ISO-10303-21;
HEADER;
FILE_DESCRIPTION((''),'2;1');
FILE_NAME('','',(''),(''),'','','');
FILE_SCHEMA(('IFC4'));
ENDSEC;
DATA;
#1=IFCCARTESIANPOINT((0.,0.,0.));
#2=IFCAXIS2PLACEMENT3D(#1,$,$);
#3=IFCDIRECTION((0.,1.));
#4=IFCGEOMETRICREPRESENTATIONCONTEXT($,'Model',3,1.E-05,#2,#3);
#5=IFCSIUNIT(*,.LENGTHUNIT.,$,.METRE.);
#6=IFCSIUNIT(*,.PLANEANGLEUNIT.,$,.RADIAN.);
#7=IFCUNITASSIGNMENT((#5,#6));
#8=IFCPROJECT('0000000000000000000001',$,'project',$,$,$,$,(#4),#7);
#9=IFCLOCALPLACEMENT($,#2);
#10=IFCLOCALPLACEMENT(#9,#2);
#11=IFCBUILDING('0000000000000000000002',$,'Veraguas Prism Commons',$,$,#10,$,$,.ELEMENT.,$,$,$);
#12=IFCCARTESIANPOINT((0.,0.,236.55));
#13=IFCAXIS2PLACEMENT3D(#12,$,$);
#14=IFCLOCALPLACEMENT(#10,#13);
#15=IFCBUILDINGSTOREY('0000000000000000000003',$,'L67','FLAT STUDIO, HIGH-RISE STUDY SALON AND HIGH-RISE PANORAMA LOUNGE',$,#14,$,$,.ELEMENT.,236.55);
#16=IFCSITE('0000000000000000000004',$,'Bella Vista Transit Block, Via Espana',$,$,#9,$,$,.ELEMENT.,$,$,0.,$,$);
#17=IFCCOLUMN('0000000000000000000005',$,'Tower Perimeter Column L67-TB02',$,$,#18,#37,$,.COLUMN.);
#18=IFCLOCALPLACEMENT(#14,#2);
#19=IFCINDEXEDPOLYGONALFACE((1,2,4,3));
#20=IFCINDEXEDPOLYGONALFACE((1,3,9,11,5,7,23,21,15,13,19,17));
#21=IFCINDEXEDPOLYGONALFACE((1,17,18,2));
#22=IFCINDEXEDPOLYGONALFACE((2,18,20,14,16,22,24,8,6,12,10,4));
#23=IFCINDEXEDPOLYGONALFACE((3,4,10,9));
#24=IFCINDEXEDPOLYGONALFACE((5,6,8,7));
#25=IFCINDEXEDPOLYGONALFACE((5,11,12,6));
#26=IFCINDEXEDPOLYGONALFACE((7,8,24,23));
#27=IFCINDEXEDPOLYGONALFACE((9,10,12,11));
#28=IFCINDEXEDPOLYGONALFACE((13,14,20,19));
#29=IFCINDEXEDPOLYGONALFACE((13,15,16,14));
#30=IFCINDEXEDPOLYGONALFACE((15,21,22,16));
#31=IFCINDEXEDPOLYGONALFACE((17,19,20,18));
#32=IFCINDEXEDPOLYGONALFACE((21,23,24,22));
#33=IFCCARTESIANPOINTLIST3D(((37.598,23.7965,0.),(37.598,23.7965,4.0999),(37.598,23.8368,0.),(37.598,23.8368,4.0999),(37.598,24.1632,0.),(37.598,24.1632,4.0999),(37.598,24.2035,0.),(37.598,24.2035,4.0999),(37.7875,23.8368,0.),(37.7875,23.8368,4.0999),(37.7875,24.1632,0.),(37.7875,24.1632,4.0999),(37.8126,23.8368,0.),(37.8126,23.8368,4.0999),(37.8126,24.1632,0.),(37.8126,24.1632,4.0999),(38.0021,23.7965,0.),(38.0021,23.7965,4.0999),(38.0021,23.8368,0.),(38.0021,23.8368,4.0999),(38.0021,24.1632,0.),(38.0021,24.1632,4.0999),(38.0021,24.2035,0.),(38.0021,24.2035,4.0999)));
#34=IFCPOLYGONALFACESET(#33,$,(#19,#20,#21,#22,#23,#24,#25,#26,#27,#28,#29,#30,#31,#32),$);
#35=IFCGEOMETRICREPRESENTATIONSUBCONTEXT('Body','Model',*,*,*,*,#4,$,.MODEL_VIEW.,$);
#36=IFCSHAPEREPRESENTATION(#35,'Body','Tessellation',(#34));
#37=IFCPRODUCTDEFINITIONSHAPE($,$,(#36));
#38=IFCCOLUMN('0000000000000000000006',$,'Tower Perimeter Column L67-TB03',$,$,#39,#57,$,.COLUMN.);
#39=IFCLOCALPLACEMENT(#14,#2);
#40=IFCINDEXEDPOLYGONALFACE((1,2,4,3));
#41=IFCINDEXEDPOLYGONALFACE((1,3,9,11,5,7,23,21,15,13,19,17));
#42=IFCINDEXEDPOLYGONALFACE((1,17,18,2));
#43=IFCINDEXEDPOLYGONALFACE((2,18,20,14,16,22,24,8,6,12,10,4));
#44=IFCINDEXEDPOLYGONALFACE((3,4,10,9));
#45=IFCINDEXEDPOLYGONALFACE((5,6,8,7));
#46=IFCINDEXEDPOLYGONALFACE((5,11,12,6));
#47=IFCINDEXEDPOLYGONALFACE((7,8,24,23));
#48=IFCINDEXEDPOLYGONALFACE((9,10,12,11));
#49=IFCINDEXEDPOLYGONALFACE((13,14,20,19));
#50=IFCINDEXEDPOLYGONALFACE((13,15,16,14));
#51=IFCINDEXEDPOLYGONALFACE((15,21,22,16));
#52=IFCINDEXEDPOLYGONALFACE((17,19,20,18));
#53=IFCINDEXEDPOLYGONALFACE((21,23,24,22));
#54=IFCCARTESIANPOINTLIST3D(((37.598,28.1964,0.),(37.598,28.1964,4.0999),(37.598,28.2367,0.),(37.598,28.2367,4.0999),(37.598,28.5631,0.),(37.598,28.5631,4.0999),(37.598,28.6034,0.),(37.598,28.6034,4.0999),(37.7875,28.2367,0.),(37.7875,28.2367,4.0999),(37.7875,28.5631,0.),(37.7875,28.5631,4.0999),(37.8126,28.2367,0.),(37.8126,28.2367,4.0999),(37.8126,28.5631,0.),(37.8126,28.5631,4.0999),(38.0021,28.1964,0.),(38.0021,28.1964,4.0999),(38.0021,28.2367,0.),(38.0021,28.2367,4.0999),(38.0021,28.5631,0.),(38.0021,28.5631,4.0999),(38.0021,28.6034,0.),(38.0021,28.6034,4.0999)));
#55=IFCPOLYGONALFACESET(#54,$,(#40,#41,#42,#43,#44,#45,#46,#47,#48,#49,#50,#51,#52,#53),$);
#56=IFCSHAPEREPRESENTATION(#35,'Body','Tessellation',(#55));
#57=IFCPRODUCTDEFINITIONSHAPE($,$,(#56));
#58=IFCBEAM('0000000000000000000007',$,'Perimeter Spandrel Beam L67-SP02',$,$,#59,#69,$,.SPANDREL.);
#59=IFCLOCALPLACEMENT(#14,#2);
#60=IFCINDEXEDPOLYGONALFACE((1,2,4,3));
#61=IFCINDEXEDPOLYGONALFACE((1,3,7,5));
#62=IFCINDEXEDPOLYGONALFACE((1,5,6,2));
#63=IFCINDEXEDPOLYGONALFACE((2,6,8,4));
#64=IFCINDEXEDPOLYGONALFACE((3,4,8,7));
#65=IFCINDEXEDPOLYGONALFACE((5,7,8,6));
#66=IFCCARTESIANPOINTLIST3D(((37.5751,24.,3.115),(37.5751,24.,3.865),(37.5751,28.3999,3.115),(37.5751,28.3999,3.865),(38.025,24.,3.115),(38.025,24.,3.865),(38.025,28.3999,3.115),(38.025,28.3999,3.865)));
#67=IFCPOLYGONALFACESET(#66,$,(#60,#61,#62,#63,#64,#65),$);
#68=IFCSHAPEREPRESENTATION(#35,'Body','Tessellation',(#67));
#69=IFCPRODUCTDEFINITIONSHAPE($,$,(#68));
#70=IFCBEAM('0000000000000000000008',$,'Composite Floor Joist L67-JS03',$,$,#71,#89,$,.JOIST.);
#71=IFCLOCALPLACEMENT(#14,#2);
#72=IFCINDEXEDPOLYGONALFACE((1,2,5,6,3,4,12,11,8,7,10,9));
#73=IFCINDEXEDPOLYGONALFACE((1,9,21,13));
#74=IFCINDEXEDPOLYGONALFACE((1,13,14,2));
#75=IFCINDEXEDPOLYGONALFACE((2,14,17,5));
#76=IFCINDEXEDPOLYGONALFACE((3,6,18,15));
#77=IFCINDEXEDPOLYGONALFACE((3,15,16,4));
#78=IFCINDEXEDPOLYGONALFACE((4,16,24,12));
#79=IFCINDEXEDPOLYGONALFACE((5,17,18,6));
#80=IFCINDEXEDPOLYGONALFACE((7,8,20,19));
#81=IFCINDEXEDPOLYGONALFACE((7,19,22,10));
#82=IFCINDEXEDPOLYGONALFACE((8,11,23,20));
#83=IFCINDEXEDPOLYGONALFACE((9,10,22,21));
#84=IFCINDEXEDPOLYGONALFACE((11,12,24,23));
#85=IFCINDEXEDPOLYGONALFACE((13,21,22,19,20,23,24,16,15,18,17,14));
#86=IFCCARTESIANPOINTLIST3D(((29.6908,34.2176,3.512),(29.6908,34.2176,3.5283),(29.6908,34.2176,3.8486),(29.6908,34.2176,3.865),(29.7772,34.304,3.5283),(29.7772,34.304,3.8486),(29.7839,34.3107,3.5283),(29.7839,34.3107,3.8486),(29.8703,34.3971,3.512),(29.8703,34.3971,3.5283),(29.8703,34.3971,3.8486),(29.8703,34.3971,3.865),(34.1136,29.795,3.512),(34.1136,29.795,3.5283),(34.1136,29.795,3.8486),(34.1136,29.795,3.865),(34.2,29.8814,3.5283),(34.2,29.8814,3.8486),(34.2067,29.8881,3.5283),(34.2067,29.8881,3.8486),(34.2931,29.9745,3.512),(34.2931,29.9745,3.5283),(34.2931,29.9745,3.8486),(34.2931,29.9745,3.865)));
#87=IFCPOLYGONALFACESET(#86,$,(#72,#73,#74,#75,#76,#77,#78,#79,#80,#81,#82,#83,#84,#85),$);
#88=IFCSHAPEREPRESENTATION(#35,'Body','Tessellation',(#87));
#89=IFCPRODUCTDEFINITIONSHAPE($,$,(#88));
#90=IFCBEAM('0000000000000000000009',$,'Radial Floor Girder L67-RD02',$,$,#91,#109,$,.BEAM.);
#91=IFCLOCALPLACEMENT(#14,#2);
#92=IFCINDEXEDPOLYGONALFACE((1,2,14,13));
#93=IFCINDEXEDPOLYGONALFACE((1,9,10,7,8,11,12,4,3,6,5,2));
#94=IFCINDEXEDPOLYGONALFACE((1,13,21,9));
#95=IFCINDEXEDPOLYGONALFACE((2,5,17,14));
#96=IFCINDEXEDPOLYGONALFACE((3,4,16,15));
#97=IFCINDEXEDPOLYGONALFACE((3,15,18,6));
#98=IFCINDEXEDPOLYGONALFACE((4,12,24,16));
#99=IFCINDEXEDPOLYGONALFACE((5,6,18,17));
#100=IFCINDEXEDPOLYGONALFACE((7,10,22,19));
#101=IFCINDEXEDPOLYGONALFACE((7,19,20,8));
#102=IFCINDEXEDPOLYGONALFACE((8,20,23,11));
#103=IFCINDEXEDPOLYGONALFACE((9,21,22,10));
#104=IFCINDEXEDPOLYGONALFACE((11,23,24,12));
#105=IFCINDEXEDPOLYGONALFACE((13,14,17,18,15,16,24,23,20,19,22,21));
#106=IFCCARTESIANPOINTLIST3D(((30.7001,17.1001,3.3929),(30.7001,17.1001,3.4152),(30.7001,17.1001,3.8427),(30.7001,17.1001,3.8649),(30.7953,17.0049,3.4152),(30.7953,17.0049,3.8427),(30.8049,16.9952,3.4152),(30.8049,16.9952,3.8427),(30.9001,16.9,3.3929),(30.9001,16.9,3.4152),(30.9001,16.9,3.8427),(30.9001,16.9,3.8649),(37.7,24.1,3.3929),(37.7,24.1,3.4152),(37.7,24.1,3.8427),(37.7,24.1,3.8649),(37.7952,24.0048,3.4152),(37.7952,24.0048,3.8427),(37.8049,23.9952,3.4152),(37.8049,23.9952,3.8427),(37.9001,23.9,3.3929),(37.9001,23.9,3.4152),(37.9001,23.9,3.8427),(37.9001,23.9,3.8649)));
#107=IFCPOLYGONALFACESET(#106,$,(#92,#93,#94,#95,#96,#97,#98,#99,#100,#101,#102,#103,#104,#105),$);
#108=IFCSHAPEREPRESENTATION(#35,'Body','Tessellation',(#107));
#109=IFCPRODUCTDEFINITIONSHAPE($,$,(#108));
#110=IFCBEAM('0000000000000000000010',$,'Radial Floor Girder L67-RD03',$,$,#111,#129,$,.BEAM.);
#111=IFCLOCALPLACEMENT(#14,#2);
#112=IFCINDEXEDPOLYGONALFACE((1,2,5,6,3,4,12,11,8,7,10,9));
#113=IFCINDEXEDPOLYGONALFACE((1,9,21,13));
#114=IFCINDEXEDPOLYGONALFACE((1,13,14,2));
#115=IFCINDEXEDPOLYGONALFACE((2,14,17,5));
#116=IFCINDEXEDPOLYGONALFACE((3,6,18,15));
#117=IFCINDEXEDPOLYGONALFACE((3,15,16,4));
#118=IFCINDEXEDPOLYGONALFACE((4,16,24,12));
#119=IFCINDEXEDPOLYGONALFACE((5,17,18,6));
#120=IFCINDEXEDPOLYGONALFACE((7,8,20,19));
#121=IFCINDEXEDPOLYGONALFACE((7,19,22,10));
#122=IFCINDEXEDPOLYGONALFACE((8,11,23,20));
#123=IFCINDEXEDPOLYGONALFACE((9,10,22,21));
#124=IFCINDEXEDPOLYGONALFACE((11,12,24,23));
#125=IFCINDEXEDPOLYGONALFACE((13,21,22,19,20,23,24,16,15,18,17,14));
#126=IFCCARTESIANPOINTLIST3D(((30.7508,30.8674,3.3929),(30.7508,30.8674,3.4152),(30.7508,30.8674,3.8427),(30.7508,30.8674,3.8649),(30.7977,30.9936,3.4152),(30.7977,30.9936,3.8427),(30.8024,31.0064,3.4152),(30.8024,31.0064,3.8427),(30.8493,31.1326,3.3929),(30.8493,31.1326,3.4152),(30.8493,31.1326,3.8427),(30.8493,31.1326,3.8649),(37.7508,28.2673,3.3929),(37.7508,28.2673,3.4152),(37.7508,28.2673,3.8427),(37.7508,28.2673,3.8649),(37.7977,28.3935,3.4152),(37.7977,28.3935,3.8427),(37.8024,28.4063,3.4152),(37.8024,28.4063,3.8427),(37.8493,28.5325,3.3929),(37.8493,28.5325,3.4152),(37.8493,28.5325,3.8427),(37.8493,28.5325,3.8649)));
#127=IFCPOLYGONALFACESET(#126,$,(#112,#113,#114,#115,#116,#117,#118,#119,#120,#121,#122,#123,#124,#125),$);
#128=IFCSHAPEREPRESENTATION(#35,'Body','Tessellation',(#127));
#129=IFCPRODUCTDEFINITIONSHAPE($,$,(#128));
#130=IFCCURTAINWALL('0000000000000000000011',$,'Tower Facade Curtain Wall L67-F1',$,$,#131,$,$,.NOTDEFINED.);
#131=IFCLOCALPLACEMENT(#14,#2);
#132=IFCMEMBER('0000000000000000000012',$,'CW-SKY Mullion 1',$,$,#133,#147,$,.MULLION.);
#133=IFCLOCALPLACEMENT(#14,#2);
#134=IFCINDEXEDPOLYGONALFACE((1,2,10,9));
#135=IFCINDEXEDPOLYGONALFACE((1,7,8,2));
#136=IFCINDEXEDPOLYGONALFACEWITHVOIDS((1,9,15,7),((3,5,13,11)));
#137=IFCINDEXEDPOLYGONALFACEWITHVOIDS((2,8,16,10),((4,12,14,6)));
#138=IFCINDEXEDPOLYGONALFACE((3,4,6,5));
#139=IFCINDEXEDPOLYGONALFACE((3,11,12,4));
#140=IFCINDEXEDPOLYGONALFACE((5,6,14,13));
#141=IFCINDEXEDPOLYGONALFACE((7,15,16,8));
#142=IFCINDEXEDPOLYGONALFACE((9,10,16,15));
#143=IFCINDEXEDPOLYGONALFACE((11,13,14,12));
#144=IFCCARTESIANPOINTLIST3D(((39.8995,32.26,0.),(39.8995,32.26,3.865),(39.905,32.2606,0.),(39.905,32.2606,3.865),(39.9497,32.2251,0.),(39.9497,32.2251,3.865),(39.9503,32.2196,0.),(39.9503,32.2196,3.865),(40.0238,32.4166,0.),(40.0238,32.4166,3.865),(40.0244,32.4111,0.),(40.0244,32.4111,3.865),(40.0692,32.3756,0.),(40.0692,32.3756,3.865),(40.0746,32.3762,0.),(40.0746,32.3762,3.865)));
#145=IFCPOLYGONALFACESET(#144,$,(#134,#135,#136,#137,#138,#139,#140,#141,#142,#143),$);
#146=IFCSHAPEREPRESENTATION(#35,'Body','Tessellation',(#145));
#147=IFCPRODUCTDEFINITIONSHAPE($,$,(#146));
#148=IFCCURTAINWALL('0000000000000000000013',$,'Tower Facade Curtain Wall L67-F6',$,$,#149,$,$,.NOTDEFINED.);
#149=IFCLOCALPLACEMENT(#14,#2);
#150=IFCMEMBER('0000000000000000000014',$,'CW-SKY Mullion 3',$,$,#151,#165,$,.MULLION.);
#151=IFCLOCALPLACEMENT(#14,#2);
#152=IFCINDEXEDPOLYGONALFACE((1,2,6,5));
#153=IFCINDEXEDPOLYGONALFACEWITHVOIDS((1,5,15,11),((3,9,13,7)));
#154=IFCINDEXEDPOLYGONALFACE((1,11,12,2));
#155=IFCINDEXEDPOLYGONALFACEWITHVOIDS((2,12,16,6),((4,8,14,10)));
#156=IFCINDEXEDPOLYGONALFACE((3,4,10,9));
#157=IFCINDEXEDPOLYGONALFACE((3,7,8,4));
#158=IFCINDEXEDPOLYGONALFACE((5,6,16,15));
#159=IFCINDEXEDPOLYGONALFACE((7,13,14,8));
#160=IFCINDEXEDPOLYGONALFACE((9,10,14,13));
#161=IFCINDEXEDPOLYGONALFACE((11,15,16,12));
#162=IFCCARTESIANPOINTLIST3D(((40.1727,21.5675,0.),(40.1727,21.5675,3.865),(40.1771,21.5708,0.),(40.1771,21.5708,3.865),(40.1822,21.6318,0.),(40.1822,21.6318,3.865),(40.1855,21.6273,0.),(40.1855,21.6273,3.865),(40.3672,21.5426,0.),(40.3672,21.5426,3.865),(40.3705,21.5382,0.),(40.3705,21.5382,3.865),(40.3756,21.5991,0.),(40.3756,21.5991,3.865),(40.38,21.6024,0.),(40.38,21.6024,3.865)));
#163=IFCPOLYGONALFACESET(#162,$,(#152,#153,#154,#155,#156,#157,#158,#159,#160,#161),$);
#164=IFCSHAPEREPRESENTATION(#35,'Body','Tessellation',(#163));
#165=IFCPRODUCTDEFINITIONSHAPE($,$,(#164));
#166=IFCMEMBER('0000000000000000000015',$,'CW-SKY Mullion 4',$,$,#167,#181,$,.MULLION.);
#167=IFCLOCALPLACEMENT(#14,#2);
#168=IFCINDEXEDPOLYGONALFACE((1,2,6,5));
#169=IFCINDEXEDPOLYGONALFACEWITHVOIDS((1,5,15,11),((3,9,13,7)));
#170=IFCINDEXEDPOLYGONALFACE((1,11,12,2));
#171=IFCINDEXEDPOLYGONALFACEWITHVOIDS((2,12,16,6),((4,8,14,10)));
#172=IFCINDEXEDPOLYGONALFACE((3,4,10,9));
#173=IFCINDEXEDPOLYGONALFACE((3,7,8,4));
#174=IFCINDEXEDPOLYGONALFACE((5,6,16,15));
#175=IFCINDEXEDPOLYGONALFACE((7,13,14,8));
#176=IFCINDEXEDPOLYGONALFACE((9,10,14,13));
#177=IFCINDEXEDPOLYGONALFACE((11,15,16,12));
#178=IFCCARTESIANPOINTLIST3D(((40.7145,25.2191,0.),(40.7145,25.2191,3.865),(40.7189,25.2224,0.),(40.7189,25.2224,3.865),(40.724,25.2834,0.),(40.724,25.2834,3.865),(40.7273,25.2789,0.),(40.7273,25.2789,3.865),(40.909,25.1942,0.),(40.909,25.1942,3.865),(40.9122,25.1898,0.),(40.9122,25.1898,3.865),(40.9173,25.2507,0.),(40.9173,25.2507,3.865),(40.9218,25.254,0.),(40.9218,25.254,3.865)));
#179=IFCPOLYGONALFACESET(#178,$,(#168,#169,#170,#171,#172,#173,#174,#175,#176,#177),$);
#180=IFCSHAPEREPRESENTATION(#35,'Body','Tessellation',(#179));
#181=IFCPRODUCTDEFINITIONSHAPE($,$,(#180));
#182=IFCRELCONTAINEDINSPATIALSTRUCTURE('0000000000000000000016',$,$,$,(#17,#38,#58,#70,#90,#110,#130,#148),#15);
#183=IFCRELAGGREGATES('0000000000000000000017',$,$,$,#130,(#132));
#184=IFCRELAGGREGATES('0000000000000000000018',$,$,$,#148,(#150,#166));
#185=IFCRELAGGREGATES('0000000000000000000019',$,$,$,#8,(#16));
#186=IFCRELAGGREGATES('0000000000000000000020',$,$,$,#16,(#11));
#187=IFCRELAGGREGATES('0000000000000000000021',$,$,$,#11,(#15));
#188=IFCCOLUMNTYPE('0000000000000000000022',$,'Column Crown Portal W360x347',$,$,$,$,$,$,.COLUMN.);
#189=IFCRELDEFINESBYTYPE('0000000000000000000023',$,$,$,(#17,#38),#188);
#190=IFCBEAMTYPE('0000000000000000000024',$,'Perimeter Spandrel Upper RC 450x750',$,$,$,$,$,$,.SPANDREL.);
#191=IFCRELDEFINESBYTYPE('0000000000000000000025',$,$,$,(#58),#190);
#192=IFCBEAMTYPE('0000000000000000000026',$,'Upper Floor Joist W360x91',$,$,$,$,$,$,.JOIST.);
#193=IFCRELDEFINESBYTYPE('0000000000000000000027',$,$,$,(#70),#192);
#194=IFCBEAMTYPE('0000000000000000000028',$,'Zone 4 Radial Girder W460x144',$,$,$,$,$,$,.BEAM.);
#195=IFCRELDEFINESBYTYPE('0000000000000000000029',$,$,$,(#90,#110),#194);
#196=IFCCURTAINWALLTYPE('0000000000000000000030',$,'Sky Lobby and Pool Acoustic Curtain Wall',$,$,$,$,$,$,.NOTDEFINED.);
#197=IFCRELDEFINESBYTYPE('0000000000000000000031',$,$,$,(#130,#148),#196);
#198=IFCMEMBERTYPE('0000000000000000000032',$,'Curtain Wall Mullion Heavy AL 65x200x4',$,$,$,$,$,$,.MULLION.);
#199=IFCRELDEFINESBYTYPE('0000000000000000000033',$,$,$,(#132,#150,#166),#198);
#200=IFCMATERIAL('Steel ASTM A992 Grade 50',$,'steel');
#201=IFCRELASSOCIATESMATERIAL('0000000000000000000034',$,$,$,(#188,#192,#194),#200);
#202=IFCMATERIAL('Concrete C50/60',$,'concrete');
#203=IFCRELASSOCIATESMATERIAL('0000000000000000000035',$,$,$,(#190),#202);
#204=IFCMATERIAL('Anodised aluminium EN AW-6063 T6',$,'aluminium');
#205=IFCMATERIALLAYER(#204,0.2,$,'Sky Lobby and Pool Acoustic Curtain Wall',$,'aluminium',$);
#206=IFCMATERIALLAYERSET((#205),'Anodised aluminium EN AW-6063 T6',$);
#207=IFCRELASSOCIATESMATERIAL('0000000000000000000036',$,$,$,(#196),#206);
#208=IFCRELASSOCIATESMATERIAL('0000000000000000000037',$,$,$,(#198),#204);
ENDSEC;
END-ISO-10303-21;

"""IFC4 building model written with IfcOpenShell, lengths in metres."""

from ifc_helpers import new_model, si_unit, direction, frame, origin, origin_2d, place, context, subcontext, project, spatial, rectangle, hollow_rectangle, i_section, extrude, source, transform, mapped, material, layer, layer_set, material_profile, profile_set, type_object, element, aggregate, save


model = new_model("IFC4")

# Units and contexts
model_context = context("Model", 3, precision=1e-05, world=origin(), true_north=direction((0.0, 1.0)))
body_context = subcontext(model_context, "Body", "Model", "MODEL_VIEW")
ifc_project = project(units=[si_unit("LENGTHUNIT", "METRE"), si_unit("PLANEANGLEUNIT", "RADIAN")], contexts=[model_context])

# Site, building, storey
site_placement = place(None, origin())
site = spatial("IfcSite", under=ifc_project, at=site_placement, Name="Bella Vista Transit Block, Via Espana", CompositionType="ELEMENT", RefElevation=0.0)
building_placement = place(site_placement, origin())
building = spatial("IfcBuilding", under=site, at=building_placement, Name="Veraguas Prism Commons", CompositionType="ELEMENT")
storey_placement = place(building_placement, frame((0.0, 0.0, 236.55)))
storey = spatial("IfcBuildingStorey", under=building, at=storey_placement, Name="L67", Description="FLAT STUDIO, HIGH-RISE STUDY SALON AND HIGH-RISE PANORAMA LOUNGE", CompositionType="ELEMENT", Elevation=236.55)

# Columns
ifc_material_1 = material(Name="Steel ASTM A992 Grade 50", Category="steel")
ifc_material_profile_1 = material_profile(ifc_material_1, i_section(OverallWidth=0.4041, OverallDepth=0.407, WebThickness=0.0251, FlangeThickness=0.0403, at=origin_2d()), Name="W360X347")
ifc_profile_set_1 = profile_set([ifc_material_profile_1], Name="Steel ASTM A992 Grade 50")
column_type = type_object("IfcColumnType", Name="Column Crown Portal W360x347", PredefinedType="COLUMN", material=ifc_profile_set_1)
for number, where, z_axis, x_axis, name in (
    (1, (37.8, 24.0, 0.0), (0.0, 0.0, 1.0), (1.0, 0.0, 0.0), "Tower Perimeter Column L67-TB02"),
    (2, (37.8, 28.3999, 0.0), (0.0, 0.0, 1.0), (1.0, 0.0, 0.0), "Tower Perimeter Column L67-TB03"),
):
    element("IfcColumn", number, at=place(storey_placement, frame(where, z_axis=z_axis, x_axis=x_axis)), inside=storey, type_object=column_type, Name=name, PredefinedType="COLUMN", context=body_context, shape_type="SweptSolid", body=[
        extrude(i_section(OverallWidth=0.4041, OverallDepth=0.407, WebThickness=0.0251, FlangeThickness=0.0403, at=origin_2d()), origin(), (0.0, 0.0, 1.0), 4.0999),
    ])

# Beams
ifc_material_2 = material(Name="Concrete C50/60", Category="concrete")
ifc_material_profile_2 = material_profile(ifc_material_2, rectangle(XDim=0.45, YDim=0.75, at=origin_2d()), Name="RC450X750")
ifc_profile_set_2 = profile_set([ifc_material_profile_2], Name="Concrete C50/60")
beam_type_1 = type_object("IfcBeamType", Name="Perimeter Spandrel Upper RC 450x750", PredefinedType="SPANDREL", material=ifc_profile_set_2)
beam_1_placement = place(storey_placement, frame((37.8, 24.0, 3.49), z_axis=(0.0, 1.0, 0.0), x_axis=(-1.0, 0.0, 0.0)))
element("IfcBeam", 3, at=beam_1_placement, inside=storey, type_object=beam_type_1, Name="Perimeter Spandrel Beam L67-SP02", PredefinedType="SPANDREL", context=body_context, shape_type="SweptSolid", body=[
    extrude(rectangle(XDim=0.45, YDim=0.75, at=origin_2d()), origin(), (0.0, 0.0, 1.0), 4.3999),
])
ifc_material_profile_3 = material_profile(ifc_material_1, i_section(OverallWidth=0.2539, OverallDepth=0.353, WebThickness=0.0095, FlangeThickness=0.0164, at=origin_2d()), Name="W360X91")
ifc_profile_set_3 = profile_set([ifc_material_profile_3], Name="Steel ASTM A992 Grade 50")
beam_type_2 = type_object("IfcBeamType", Name="Upper Floor Joist W360x91", PredefinedType="JOIST", material=ifc_profile_set_3)
beam_2_placement = place(storey_placement, frame((34.2034, 29.8848, 3.6885), z_axis=(-0.707126, 0.707087, 0.0), x_axis=(-0.707087, -0.707126, 0.0)))
element("IfcBeam", 4, at=beam_2_placement, inside=storey, type_object=beam_type_2, Name="Composite Floor Joist L67-JS03", PredefinedType="JOIST", context=body_context, shape_type="SweptSolid", body=[
    extrude(i_section(OverallWidth=0.2539, OverallDepth=0.353, WebThickness=0.0095, FlangeThickness=0.0164, at=origin_2d()), origin(), (0.0, 0.0, 1.0), 6.2546),
])
ifc_material_profile_4 = material_profile(ifc_material_1, i_section(OverallWidth=0.283, OverallDepth=0.4719, WebThickness=0.0137, FlangeThickness=0.0222, at=origin_2d()), Name="W460X144")
ifc_profile_set_4 = profile_set([ifc_material_profile_4], Name="Steel ASTM A992 Grade 50")
beam_type_3 = type_object("IfcBeamType", Name="Zone 4 Radial Girder W460x144", PredefinedType="BEAM", material=ifc_profile_set_4)
beam_3_placement = place(storey_placement, frame((37.8, 24.0, 3.6289), z_axis=(-0.707107, -0.707107, 0.0), x_axis=(0.707107, -0.707107, 0.0)))
element("IfcBeam", 5, at=beam_3_placement, inside=storey, type_object=beam_type_3, Name="Radial Floor Girder L67-RD02", PredefinedType="BEAM", context=body_context, shape_type="SweptSolid", body=[
    extrude(i_section(OverallWidth=0.283, OverallDepth=0.4719, WebThickness=0.0137, FlangeThickness=0.0222, at=origin_2d()), origin(), (0.0, 0.0, 1.0), 9.8994),
])
beam_4_placement = place(storey_placement, frame((37.8, 28.3999, 3.6289), z_axis=(-0.937421, 0.348198, 0.0), x_axis=(-0.348198, -0.937421, 0.0)))
element("IfcBeam", 6, at=beam_4_placement, inside=storey, type_object=beam_type_3, Name="Radial Floor Girder L67-RD03", PredefinedType="BEAM", context=body_context, shape_type="SweptSolid", body=[
    extrude(i_section(OverallWidth=0.283, OverallDepth=0.4719, WebThickness=0.0137, FlangeThickness=0.0222, at=origin_2d()), origin(), (0.0, 0.0, 1.0), 7.4673),
])

# Curtain wall, member
ifc_material_3 = material(Name="Anodised aluminium EN AW-6063 T6", Category="aluminium")
ifc_layer_1 = layer(ifc_material_3, 0.2, Name="Sky Lobby and Pool Acoustic Curtain Wall", Category="aluminium")
ifc_layer_set_1 = layer_set([ifc_layer_1], Name="Anodised aluminium EN AW-6063 T6")
curtain_wall_type = type_object("IfcCurtainWallType", Name="Sky Lobby and Pool Acoustic Curtain Wall", PredefinedType="NOTDEFINED", material=ifc_layer_set_1)
curtain_wall_1_placement = place(storey_placement, origin())
curtain_wall_1 = element("IfcCurtainWall", 7, at=curtain_wall_1_placement, inside=storey, type_object=curtain_wall_type, Name="Tower Facade Curtain Wall L67-F1", PredefinedType="NOTDEFINED")
ifc_material_profile_5 = material_profile(ifc_material_3, hollow_rectangle(XDim=0.0649, YDim=0.2, WallThickness=0.0039, at=origin_2d()), Name="AL65X200X4")
ifc_profile_set_5 = profile_set([ifc_material_profile_5], Name="Anodised aluminium EN AW-6063 T6")
member_type = type_object("IfcMemberType", Name="Curtain Wall Mullion Heavy AL 65x200x4", PredefinedType="MULLION", material=ifc_profile_set_5)
shared_shape_1 = source(origin(), body_context, "Body", "SweptSolid", [
    extrude(hollow_rectangle(XDim=0.0649, YDim=0.2, WallThickness=0.0039, at=origin_2d()), origin(), (0.0, 0.0, 1.0), 3.865),
])
member_1_placement = place(storey_placement, frame((39.9871, 32.3181, 0.0), z_axis=(0.0, 0.0, 1.0), x_axis=(-0.783259, 0.621696, 0.0)))
member_1 = element("IfcMember", 8, at=member_1_placement, type_object=member_type, Name="CW-SKY Mullion 1", PredefinedType="MULLION", context=body_context, shape_type="MappedRepresentation", body=[
    mapped(shared_shape_1, transform((0.0, 0.0, 0.0), scale=1.0)),
])
aggregate(curtain_wall_1, [member_1])

# Curtain wall, members
curtain_wall_2_placement = place(storey_placement, origin())
curtain_wall_2 = element("IfcCurtainWall", 9, at=curtain_wall_2_placement, inside=storey, type_object=curtain_wall_type, Name="Tower Facade Curtain Wall L67-F6", PredefinedType="NOTDEFINED")
member_2_placement = place(storey_placement, frame((40.2764, 21.585, 0.0), z_axis=(0.0, 0.0, 1.0), x_axis=(0.146774, 0.98917, 0.0)))
member_2 = element("IfcMember", 10, at=member_2_placement, type_object=member_type, Name="CW-SKY Mullion 3", PredefinedType="MULLION", context=body_context, shape_type="MappedRepresentation", body=[
    mapped(shared_shape_1, transform((0.0, 0.0, 0.0), scale=1.0)),
])
member_3_placement = place(storey_placement, frame((40.8181, 25.2366, 0.0), z_axis=(0.0, 0.0, 1.0), x_axis=(0.146774, 0.98917, 0.0)))
member_3 = element("IfcMember", 11, at=member_3_placement, type_object=member_type, Name="CW-SKY Mullion 4", PredefinedType="MULLION", context=body_context, shape_type="MappedRepresentation", body=[
    mapped(shared_shape_1, transform((0.0, 0.0, 0.0), scale=1.0)),
])
aggregate(curtain_wall_2, [member_2, member_3])

save(model, "model.ifc")
